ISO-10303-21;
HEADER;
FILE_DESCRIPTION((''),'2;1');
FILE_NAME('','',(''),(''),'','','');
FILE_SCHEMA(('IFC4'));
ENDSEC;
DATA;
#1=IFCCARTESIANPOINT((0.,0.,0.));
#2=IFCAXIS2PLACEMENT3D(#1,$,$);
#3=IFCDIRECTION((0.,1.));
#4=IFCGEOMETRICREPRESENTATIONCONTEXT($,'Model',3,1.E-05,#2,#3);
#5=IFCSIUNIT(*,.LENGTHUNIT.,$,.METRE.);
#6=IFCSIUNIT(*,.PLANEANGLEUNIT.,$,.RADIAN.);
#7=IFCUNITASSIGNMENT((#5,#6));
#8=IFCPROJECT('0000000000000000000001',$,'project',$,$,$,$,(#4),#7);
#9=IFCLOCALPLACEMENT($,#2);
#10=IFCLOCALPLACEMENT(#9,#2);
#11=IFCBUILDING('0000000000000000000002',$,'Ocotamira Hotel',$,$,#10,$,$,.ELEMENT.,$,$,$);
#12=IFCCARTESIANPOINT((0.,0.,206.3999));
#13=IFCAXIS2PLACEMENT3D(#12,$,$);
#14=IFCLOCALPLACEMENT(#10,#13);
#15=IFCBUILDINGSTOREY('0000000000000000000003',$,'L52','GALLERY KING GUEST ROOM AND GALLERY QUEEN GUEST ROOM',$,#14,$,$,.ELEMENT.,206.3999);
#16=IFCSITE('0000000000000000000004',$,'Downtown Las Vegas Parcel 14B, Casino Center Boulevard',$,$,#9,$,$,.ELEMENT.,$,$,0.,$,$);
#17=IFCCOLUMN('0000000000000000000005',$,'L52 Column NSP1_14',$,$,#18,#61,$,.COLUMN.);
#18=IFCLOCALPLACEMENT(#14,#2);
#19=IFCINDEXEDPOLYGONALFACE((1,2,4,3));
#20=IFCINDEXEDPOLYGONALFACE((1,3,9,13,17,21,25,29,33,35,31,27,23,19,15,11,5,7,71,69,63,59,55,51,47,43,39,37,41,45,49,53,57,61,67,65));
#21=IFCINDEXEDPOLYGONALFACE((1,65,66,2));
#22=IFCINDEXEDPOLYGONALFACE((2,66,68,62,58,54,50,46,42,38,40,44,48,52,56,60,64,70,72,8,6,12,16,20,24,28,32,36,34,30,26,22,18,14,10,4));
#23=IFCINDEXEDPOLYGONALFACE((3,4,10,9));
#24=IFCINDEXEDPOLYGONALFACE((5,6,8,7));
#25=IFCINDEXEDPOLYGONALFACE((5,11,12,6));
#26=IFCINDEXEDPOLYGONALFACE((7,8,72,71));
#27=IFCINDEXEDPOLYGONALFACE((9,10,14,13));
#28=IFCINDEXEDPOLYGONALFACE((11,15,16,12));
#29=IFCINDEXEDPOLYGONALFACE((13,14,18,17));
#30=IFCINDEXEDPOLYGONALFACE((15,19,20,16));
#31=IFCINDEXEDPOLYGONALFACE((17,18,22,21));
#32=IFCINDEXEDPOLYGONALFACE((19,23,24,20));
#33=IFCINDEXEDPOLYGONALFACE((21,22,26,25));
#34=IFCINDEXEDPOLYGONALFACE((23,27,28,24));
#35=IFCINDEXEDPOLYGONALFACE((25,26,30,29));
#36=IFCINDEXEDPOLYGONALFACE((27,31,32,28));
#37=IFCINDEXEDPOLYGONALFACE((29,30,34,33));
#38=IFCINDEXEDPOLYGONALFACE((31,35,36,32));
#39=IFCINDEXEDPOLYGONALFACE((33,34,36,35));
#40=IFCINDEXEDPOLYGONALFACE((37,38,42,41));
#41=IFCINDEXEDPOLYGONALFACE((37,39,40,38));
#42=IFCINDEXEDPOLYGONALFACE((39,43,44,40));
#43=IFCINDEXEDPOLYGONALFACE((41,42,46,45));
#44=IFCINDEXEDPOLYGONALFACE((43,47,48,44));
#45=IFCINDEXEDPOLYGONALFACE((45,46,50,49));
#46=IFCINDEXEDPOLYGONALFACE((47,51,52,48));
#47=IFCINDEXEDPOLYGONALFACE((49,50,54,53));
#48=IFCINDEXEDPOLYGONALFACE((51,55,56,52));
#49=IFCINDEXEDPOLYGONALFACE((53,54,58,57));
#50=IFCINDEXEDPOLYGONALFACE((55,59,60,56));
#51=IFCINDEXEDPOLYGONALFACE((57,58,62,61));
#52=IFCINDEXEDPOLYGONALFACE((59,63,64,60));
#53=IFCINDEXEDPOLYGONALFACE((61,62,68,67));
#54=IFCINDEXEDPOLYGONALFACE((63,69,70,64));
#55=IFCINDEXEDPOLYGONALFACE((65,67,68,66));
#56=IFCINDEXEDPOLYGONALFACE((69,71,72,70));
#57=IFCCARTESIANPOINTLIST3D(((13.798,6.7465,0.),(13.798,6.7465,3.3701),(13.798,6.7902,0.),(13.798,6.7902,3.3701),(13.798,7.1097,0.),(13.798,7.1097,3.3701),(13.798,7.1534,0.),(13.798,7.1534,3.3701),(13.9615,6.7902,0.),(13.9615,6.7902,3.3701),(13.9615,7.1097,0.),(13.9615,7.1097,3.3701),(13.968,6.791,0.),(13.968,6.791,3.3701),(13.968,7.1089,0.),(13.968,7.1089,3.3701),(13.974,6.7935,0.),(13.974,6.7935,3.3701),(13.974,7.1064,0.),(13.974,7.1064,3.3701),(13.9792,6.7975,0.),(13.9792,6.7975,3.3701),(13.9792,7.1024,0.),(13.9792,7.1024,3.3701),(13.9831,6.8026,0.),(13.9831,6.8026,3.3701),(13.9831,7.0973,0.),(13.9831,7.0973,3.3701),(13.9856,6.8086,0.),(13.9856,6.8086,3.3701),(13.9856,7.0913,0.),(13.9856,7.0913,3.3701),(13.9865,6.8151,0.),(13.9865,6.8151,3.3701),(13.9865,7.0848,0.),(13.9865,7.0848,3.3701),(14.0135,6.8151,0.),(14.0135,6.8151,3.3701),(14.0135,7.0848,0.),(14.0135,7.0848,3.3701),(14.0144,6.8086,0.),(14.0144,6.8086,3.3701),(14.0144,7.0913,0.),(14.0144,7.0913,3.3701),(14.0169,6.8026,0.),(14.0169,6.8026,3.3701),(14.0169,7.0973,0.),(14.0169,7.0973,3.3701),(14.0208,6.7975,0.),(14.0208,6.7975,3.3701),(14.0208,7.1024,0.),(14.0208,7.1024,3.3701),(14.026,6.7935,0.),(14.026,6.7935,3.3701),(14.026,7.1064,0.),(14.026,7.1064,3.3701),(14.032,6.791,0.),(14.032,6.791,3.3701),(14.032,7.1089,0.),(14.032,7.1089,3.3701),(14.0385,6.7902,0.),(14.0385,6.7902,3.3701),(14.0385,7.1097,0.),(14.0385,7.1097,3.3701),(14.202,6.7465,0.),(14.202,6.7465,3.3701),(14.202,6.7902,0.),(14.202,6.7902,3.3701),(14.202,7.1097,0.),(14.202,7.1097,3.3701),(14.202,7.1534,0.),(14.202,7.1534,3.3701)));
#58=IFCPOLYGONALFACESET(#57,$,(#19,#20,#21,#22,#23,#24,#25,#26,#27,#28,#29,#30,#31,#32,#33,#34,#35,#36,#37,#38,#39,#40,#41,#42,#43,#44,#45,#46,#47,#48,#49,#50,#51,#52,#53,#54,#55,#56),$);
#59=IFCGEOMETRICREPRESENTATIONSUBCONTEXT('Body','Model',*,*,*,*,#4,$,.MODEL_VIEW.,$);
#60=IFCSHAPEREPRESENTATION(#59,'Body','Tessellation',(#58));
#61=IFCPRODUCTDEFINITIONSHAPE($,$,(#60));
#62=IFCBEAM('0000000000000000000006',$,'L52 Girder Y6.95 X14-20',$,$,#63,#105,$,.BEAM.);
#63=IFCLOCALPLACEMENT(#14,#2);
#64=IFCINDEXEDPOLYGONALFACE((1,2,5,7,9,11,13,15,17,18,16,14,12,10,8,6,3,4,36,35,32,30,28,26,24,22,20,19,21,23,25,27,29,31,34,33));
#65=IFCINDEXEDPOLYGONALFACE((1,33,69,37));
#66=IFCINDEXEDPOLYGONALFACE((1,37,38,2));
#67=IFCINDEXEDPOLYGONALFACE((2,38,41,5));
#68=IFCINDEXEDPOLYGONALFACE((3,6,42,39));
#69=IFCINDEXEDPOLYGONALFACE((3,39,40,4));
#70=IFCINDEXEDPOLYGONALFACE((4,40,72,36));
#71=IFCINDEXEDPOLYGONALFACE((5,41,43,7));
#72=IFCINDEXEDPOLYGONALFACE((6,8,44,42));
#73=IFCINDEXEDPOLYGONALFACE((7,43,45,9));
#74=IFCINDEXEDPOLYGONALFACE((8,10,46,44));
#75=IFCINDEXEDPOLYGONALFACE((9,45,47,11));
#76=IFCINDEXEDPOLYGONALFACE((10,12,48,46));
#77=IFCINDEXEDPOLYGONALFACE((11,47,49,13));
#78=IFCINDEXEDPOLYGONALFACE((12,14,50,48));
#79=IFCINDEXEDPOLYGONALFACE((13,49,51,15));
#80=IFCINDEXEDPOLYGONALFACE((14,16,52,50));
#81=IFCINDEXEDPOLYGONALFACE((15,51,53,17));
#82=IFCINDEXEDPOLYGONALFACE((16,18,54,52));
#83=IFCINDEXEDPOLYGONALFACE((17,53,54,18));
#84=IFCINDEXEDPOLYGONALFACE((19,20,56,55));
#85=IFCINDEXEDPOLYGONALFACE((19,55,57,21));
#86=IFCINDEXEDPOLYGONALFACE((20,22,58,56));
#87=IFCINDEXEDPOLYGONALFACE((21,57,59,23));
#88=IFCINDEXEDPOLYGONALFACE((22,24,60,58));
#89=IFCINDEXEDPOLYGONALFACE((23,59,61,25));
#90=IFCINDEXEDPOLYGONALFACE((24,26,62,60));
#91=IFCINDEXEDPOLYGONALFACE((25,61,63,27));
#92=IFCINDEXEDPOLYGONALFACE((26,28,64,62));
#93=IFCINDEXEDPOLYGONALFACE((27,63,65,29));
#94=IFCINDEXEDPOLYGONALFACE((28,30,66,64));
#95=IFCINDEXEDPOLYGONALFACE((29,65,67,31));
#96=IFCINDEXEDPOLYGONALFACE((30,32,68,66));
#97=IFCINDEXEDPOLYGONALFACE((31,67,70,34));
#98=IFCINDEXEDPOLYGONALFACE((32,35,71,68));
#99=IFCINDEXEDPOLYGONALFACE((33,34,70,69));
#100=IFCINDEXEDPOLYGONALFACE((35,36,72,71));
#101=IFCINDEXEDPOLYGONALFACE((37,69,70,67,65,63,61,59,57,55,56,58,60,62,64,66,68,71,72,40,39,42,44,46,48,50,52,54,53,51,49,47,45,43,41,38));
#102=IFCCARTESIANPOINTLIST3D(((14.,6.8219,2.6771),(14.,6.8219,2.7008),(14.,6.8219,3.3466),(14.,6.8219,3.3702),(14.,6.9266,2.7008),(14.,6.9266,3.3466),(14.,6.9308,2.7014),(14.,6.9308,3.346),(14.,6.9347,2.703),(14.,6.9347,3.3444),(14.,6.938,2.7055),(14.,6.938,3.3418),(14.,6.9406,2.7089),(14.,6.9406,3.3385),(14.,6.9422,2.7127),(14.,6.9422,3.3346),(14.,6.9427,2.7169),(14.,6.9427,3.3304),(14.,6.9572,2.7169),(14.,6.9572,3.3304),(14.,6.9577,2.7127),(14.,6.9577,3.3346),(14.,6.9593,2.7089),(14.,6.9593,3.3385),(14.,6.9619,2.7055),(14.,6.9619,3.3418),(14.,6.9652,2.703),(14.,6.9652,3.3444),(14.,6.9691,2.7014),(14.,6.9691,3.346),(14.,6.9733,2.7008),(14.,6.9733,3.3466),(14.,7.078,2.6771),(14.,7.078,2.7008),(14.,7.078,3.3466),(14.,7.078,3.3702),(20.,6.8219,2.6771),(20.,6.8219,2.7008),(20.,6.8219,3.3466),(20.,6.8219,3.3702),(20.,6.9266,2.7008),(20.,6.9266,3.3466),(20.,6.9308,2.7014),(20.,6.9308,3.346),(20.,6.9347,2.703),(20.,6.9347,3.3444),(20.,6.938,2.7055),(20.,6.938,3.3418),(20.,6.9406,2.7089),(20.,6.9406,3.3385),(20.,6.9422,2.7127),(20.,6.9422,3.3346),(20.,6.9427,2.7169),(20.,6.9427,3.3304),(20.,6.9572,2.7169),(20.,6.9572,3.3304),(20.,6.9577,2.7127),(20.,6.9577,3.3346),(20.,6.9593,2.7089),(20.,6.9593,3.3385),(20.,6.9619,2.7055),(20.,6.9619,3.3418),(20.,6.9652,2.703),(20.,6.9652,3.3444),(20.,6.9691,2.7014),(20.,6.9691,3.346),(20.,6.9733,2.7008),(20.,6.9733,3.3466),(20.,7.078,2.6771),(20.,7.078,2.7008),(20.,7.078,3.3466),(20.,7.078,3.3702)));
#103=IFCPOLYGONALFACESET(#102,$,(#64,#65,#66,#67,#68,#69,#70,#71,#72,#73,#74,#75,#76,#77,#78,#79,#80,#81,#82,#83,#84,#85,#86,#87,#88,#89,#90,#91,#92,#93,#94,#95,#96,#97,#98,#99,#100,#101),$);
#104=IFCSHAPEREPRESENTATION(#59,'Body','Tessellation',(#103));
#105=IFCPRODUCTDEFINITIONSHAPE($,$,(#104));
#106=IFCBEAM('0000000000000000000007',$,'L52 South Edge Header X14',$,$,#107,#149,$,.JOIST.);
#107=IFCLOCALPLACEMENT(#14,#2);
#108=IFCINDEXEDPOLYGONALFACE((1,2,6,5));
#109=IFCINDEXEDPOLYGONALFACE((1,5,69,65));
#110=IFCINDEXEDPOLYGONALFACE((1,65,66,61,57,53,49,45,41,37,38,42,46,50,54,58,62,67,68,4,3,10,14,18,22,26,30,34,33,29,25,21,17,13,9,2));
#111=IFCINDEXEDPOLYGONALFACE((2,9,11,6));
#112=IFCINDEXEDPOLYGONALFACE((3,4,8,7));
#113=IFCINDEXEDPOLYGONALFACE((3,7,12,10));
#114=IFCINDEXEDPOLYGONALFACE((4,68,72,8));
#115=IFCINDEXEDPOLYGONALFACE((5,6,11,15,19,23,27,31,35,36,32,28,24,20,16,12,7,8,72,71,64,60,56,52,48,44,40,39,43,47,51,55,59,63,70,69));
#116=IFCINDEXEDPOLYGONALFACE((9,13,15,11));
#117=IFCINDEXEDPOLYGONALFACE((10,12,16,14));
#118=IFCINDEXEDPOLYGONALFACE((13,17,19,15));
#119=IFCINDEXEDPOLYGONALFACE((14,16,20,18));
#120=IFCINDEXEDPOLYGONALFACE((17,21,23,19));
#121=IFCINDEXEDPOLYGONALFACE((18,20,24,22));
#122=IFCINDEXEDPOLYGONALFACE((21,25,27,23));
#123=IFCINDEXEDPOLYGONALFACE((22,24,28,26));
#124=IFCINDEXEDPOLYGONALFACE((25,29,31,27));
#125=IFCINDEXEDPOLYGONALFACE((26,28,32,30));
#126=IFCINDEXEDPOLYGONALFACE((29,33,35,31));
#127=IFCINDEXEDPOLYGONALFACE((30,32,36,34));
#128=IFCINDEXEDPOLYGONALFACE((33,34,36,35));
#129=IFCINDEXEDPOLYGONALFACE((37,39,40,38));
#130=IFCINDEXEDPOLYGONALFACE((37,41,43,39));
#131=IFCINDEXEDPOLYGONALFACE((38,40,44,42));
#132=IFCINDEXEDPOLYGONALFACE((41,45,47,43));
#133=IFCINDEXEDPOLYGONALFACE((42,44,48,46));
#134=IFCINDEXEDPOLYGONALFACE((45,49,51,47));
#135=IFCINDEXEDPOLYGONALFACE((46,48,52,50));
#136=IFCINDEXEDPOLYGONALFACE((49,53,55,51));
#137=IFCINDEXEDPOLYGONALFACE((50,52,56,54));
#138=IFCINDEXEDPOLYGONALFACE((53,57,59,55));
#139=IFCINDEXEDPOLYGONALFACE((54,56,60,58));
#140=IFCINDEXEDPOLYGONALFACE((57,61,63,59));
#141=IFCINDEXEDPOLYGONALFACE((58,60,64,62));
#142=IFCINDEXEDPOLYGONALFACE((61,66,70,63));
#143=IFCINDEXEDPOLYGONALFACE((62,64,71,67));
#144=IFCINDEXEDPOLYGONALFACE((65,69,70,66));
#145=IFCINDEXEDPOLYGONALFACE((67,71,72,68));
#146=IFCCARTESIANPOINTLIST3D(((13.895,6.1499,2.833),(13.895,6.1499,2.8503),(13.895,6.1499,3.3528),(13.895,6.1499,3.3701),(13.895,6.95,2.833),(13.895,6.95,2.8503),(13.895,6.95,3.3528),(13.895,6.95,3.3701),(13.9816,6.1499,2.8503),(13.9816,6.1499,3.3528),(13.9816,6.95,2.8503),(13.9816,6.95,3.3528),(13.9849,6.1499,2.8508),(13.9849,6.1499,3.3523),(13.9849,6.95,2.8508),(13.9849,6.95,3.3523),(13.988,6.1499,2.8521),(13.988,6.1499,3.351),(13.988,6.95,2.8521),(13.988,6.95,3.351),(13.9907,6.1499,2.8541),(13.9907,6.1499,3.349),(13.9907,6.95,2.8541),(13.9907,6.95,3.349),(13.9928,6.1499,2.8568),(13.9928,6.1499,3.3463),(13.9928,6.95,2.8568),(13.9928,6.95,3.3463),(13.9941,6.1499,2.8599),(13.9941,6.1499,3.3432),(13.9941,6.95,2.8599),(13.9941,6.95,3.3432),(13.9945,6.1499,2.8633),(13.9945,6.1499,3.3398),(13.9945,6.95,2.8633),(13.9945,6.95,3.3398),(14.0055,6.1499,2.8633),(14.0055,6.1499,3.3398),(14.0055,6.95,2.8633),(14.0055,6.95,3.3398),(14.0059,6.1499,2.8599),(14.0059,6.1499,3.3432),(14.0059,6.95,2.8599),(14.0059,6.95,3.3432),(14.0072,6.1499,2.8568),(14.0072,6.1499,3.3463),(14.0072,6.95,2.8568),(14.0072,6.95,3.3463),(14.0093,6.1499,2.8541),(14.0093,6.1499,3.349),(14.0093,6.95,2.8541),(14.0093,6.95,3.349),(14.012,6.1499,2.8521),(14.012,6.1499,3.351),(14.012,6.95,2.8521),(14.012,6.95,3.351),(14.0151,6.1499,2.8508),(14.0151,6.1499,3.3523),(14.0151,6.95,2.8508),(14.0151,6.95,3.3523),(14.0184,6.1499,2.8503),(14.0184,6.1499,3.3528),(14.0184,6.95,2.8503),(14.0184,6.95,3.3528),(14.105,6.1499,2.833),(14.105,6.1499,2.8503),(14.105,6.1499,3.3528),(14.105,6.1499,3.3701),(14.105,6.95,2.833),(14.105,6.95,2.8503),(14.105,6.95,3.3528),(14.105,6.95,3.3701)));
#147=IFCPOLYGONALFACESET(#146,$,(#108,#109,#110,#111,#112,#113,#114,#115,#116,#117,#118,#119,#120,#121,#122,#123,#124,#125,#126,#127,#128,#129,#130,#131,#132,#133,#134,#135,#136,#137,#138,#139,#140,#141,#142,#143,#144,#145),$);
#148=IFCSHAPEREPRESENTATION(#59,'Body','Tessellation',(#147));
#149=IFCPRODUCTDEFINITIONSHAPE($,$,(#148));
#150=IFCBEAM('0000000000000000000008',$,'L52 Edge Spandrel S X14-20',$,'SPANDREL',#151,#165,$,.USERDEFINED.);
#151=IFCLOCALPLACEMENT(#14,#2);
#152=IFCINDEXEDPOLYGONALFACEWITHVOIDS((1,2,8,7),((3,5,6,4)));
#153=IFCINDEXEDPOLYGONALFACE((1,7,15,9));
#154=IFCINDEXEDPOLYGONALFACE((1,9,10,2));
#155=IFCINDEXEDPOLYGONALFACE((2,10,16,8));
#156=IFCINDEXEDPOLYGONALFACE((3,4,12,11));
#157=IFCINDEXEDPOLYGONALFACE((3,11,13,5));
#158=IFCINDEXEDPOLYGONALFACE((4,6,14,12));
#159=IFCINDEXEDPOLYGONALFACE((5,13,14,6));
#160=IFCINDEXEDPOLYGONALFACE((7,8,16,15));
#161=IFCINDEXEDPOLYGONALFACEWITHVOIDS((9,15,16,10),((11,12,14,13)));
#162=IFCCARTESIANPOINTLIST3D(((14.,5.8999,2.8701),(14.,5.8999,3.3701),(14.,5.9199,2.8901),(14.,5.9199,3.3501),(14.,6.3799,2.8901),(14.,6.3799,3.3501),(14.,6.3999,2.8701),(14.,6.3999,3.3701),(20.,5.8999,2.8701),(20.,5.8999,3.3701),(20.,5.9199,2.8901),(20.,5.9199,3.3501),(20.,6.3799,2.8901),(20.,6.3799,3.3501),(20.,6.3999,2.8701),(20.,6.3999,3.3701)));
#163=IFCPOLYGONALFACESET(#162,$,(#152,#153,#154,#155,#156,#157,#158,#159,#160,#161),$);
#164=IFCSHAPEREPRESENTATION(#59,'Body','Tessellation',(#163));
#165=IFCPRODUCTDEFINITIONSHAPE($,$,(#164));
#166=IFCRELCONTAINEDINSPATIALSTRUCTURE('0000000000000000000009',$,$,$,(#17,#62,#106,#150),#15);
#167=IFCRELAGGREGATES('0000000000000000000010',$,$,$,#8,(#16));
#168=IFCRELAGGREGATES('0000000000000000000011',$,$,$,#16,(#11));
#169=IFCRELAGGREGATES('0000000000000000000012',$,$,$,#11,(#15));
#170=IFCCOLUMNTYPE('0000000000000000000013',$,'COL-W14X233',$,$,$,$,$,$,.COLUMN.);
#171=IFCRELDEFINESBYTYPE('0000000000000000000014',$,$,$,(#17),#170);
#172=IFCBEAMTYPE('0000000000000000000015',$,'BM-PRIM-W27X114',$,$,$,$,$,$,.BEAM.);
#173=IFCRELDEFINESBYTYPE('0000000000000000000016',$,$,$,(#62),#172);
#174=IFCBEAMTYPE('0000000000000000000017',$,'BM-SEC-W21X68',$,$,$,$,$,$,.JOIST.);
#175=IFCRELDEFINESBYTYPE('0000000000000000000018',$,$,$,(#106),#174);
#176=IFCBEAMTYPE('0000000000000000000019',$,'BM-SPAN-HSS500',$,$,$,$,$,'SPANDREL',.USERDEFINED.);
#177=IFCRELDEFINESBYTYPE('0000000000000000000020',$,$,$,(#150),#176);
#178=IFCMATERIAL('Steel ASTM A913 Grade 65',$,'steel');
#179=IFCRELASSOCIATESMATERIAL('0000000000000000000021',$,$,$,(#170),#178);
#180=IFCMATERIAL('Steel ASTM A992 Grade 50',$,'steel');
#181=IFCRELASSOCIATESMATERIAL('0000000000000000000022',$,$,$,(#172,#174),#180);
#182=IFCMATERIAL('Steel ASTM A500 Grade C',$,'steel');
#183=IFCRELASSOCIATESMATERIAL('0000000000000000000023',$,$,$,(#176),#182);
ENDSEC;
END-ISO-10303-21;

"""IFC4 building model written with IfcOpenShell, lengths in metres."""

from ifc_helpers import new_model, si_unit, direction, frame, origin, origin_2d, place, context, subcontext, project, spatial, hollow_rectangle, i_section, extrude, source, transform, mapped, material, material_profile, profile_set, type_object, element, save


model = new_model("IFC4")

# Units and contexts
model_context = context("Model", 3, precision=1e-05, world=origin(), true_north=direction((0.0, 1.0)))
body_context = subcontext(model_context, "Body", "Model", "MODEL_VIEW")
ifc_project = project(units=[si_unit("LENGTHUNIT", "METRE"), si_unit("PLANEANGLEUNIT", "RADIAN")], contexts=[model_context])

# Site, building, storey
site_placement = place(None, origin())
site = spatial("IfcSite", under=ifc_project, at=site_placement, Name="Downtown Las Vegas Parcel 14B, Casino Center Boulevard", CompositionType="ELEMENT", RefElevation=0.0)
building_placement = place(site_placement, origin())
building = spatial("IfcBuilding", under=site, at=building_placement, Name="Ocotamira Hotel", CompositionType="ELEMENT")
storey_placement = place(building_placement, frame((0.0, 0.0, 206.3999)))
storey = spatial("IfcBuildingStorey", under=building, at=storey_placement, Name="L52", Description="GALLERY KING GUEST ROOM AND GALLERY QUEEN GUEST ROOM", CompositionType="ELEMENT", Elevation=206.3999)

# Column
ifc_material_1 = material(Name="Steel ASTM A913 Grade 65", Category="steel")
ifc_material_profile_1 = material_profile(ifc_material_1, i_section(OverallWidth=0.4041, OverallDepth=0.407, WebThickness=0.0271, FlangeThickness=0.0437, FilletRadius=0.0249, at=origin_2d()), Name="W14X233")
ifc_profile_set_1 = profile_set([ifc_material_profile_1], Name="Steel ASTM A913 Grade 65")
column_type = type_object("IfcColumnType", Name="COL-W14X233", PredefinedType="COLUMN", material=ifc_profile_set_1)
shared_shape_1 = source(origin(), body_context, "Body", "SweptSolid", [
    extrude(i_section(OverallWidth=0.4041, OverallDepth=0.407, WebThickness=0.0271, FlangeThickness=0.0437, FilletRadius=0.0249, at=origin_2d()), origin(), (0.0, 0.0, 1.0), 3.3701),
])
column_placement = place(storey_placement, frame((14.0, 6.95, 0.0), z_axis=(0.0, 0.0, 1.0), x_axis=(1.0, 0.0, 0.0)))
element("IfcColumn", 1, at=column_placement, inside=storey, type_object=column_type, Name="L52 Column NSP1_14", PredefinedType="COLUMN", context=body_context, shape_type="MappedRepresentation", body=[
    mapped(shared_shape_1, transform((0.0, 0.0, 0.0), scale=1.0)),
])

# Beams
ifc_material_2 = material(Name="Steel ASTM A992 Grade 50", Category="steel")
ifc_material_profile_2 = material_profile(ifc_material_2, i_section(OverallWidth=0.2561, OverallDepth=0.6931, WebThickness=0.0144, FlangeThickness=0.0237, FilletRadius=0.0161, at=origin_2d()), Name="W27X114")
ifc_profile_set_2 = profile_set([ifc_material_profile_2], Name="Steel ASTM A992 Grade 50")
beam_type_1 = type_object("IfcBeamType", Name="BM-PRIM-W27X114", PredefinedType="BEAM", material=ifc_profile_set_2)
shared_shape_2 = source(origin(), body_context, "Body", "SweptSolid", [
    extrude(i_section(OverallWidth=0.2561, OverallDepth=0.6931, WebThickness=0.0144, FlangeThickness=0.0237, FilletRadius=0.0161, at=origin_2d()), origin(), (0.0, 0.0, 1.0), 6.0),
])
beam_1_placement = place(storey_placement, frame((14.0, 6.95, 3.0237), z_axis=(1.0, 0.0, 0.0), x_axis=(0.0, 1.0, 0.0)))
element("IfcBeam", 2, at=beam_1_placement, inside=storey, type_object=beam_type_1, Name="L52 Girder Y6.95 X14-20", PredefinedType="BEAM", context=body_context, shape_type="MappedRepresentation", body=[
    mapped(shared_shape_2, transform((0.0, 0.0, 0.0), scale=1.0)),
])
ifc_material_profile_3 = material_profile(ifc_material_2, i_section(OverallWidth=0.21, OverallDepth=0.5371, WebThickness=0.011, FlangeThickness=0.0173, FilletRadius=0.0129, at=origin_2d()), Name="W21X68")
ifc_profile_set_3 = profile_set([ifc_material_profile_3], Name="Steel ASTM A992 Grade 50")
beam_type_2 = type_object("IfcBeamType", Name="BM-SEC-W21X68", PredefinedType="JOIST", material=ifc_profile_set_3)
shared_shape_3 = source(origin(), body_context, "Body", "SweptSolid", [
    extrude(i_section(OverallWidth=0.21, OverallDepth=0.5371, WebThickness=0.011, FlangeThickness=0.0173, FilletRadius=0.0129, at=origin_2d()), origin(), (0.0, 0.0, 1.0), 0.8),
])
beam_2_placement = place(storey_placement, frame((14.0, 6.95, 3.1016), z_axis=(0.0, -1.0, 0.0), x_axis=(1.0, 0.0, 0.0)))
element("IfcBeam", 3, at=beam_2_placement, inside=storey, type_object=beam_type_2, Name="L52 South Edge Header X14", PredefinedType="JOIST", context=body_context, shape_type="MappedRepresentation", body=[
    mapped(shared_shape_3, transform((0.0, 0.0, 0.0), scale=1.0)),
])
ifc_material_3 = material(Name="Steel ASTM A500 Grade C", Category="steel")
ifc_material_profile_4 = material_profile(ifc_material_3, hollow_rectangle(XDim=0.5, YDim=0.5, WallThickness=0.02, at=origin_2d()), Name="HSS500X500X20")
ifc_profile_set_4 = profile_set([ifc_material_profile_4], Name="Steel ASTM A500 Grade C")
beam_type_3 = type_object("IfcBeamType", Name="BM-SPAN-HSS500", ElementType="SPANDREL", PredefinedType="USERDEFINED", material=ifc_profile_set_4)
shared_shape_4 = source(origin(), body_context, "Body", "SweptSolid", [
    extrude(hollow_rectangle(XDim=0.5, YDim=0.5, WallThickness=0.02, at=origin_2d()), origin(), (0.0, 0.0, 1.0), 6.0),
])
beam_3_placement = place(storey_placement, frame((14.0, 6.1499, 3.1201), z_axis=(1.0, 0.0, 0.0), x_axis=(0.0, 1.0, 0.0)))
element("IfcBeam", 4, at=beam_3_placement, inside=storey, type_object=beam_type_3, Name="L52 Edge Spandrel S X14-20", ObjectType="SPANDREL", PredefinedType="USERDEFINED", context=body_context, shape_type="MappedRepresentation", body=[
    mapped(shared_shape_4, transform((0.0, 0.0, 0.0), scale=1.0)),
])

save(model, "model.ifc")
